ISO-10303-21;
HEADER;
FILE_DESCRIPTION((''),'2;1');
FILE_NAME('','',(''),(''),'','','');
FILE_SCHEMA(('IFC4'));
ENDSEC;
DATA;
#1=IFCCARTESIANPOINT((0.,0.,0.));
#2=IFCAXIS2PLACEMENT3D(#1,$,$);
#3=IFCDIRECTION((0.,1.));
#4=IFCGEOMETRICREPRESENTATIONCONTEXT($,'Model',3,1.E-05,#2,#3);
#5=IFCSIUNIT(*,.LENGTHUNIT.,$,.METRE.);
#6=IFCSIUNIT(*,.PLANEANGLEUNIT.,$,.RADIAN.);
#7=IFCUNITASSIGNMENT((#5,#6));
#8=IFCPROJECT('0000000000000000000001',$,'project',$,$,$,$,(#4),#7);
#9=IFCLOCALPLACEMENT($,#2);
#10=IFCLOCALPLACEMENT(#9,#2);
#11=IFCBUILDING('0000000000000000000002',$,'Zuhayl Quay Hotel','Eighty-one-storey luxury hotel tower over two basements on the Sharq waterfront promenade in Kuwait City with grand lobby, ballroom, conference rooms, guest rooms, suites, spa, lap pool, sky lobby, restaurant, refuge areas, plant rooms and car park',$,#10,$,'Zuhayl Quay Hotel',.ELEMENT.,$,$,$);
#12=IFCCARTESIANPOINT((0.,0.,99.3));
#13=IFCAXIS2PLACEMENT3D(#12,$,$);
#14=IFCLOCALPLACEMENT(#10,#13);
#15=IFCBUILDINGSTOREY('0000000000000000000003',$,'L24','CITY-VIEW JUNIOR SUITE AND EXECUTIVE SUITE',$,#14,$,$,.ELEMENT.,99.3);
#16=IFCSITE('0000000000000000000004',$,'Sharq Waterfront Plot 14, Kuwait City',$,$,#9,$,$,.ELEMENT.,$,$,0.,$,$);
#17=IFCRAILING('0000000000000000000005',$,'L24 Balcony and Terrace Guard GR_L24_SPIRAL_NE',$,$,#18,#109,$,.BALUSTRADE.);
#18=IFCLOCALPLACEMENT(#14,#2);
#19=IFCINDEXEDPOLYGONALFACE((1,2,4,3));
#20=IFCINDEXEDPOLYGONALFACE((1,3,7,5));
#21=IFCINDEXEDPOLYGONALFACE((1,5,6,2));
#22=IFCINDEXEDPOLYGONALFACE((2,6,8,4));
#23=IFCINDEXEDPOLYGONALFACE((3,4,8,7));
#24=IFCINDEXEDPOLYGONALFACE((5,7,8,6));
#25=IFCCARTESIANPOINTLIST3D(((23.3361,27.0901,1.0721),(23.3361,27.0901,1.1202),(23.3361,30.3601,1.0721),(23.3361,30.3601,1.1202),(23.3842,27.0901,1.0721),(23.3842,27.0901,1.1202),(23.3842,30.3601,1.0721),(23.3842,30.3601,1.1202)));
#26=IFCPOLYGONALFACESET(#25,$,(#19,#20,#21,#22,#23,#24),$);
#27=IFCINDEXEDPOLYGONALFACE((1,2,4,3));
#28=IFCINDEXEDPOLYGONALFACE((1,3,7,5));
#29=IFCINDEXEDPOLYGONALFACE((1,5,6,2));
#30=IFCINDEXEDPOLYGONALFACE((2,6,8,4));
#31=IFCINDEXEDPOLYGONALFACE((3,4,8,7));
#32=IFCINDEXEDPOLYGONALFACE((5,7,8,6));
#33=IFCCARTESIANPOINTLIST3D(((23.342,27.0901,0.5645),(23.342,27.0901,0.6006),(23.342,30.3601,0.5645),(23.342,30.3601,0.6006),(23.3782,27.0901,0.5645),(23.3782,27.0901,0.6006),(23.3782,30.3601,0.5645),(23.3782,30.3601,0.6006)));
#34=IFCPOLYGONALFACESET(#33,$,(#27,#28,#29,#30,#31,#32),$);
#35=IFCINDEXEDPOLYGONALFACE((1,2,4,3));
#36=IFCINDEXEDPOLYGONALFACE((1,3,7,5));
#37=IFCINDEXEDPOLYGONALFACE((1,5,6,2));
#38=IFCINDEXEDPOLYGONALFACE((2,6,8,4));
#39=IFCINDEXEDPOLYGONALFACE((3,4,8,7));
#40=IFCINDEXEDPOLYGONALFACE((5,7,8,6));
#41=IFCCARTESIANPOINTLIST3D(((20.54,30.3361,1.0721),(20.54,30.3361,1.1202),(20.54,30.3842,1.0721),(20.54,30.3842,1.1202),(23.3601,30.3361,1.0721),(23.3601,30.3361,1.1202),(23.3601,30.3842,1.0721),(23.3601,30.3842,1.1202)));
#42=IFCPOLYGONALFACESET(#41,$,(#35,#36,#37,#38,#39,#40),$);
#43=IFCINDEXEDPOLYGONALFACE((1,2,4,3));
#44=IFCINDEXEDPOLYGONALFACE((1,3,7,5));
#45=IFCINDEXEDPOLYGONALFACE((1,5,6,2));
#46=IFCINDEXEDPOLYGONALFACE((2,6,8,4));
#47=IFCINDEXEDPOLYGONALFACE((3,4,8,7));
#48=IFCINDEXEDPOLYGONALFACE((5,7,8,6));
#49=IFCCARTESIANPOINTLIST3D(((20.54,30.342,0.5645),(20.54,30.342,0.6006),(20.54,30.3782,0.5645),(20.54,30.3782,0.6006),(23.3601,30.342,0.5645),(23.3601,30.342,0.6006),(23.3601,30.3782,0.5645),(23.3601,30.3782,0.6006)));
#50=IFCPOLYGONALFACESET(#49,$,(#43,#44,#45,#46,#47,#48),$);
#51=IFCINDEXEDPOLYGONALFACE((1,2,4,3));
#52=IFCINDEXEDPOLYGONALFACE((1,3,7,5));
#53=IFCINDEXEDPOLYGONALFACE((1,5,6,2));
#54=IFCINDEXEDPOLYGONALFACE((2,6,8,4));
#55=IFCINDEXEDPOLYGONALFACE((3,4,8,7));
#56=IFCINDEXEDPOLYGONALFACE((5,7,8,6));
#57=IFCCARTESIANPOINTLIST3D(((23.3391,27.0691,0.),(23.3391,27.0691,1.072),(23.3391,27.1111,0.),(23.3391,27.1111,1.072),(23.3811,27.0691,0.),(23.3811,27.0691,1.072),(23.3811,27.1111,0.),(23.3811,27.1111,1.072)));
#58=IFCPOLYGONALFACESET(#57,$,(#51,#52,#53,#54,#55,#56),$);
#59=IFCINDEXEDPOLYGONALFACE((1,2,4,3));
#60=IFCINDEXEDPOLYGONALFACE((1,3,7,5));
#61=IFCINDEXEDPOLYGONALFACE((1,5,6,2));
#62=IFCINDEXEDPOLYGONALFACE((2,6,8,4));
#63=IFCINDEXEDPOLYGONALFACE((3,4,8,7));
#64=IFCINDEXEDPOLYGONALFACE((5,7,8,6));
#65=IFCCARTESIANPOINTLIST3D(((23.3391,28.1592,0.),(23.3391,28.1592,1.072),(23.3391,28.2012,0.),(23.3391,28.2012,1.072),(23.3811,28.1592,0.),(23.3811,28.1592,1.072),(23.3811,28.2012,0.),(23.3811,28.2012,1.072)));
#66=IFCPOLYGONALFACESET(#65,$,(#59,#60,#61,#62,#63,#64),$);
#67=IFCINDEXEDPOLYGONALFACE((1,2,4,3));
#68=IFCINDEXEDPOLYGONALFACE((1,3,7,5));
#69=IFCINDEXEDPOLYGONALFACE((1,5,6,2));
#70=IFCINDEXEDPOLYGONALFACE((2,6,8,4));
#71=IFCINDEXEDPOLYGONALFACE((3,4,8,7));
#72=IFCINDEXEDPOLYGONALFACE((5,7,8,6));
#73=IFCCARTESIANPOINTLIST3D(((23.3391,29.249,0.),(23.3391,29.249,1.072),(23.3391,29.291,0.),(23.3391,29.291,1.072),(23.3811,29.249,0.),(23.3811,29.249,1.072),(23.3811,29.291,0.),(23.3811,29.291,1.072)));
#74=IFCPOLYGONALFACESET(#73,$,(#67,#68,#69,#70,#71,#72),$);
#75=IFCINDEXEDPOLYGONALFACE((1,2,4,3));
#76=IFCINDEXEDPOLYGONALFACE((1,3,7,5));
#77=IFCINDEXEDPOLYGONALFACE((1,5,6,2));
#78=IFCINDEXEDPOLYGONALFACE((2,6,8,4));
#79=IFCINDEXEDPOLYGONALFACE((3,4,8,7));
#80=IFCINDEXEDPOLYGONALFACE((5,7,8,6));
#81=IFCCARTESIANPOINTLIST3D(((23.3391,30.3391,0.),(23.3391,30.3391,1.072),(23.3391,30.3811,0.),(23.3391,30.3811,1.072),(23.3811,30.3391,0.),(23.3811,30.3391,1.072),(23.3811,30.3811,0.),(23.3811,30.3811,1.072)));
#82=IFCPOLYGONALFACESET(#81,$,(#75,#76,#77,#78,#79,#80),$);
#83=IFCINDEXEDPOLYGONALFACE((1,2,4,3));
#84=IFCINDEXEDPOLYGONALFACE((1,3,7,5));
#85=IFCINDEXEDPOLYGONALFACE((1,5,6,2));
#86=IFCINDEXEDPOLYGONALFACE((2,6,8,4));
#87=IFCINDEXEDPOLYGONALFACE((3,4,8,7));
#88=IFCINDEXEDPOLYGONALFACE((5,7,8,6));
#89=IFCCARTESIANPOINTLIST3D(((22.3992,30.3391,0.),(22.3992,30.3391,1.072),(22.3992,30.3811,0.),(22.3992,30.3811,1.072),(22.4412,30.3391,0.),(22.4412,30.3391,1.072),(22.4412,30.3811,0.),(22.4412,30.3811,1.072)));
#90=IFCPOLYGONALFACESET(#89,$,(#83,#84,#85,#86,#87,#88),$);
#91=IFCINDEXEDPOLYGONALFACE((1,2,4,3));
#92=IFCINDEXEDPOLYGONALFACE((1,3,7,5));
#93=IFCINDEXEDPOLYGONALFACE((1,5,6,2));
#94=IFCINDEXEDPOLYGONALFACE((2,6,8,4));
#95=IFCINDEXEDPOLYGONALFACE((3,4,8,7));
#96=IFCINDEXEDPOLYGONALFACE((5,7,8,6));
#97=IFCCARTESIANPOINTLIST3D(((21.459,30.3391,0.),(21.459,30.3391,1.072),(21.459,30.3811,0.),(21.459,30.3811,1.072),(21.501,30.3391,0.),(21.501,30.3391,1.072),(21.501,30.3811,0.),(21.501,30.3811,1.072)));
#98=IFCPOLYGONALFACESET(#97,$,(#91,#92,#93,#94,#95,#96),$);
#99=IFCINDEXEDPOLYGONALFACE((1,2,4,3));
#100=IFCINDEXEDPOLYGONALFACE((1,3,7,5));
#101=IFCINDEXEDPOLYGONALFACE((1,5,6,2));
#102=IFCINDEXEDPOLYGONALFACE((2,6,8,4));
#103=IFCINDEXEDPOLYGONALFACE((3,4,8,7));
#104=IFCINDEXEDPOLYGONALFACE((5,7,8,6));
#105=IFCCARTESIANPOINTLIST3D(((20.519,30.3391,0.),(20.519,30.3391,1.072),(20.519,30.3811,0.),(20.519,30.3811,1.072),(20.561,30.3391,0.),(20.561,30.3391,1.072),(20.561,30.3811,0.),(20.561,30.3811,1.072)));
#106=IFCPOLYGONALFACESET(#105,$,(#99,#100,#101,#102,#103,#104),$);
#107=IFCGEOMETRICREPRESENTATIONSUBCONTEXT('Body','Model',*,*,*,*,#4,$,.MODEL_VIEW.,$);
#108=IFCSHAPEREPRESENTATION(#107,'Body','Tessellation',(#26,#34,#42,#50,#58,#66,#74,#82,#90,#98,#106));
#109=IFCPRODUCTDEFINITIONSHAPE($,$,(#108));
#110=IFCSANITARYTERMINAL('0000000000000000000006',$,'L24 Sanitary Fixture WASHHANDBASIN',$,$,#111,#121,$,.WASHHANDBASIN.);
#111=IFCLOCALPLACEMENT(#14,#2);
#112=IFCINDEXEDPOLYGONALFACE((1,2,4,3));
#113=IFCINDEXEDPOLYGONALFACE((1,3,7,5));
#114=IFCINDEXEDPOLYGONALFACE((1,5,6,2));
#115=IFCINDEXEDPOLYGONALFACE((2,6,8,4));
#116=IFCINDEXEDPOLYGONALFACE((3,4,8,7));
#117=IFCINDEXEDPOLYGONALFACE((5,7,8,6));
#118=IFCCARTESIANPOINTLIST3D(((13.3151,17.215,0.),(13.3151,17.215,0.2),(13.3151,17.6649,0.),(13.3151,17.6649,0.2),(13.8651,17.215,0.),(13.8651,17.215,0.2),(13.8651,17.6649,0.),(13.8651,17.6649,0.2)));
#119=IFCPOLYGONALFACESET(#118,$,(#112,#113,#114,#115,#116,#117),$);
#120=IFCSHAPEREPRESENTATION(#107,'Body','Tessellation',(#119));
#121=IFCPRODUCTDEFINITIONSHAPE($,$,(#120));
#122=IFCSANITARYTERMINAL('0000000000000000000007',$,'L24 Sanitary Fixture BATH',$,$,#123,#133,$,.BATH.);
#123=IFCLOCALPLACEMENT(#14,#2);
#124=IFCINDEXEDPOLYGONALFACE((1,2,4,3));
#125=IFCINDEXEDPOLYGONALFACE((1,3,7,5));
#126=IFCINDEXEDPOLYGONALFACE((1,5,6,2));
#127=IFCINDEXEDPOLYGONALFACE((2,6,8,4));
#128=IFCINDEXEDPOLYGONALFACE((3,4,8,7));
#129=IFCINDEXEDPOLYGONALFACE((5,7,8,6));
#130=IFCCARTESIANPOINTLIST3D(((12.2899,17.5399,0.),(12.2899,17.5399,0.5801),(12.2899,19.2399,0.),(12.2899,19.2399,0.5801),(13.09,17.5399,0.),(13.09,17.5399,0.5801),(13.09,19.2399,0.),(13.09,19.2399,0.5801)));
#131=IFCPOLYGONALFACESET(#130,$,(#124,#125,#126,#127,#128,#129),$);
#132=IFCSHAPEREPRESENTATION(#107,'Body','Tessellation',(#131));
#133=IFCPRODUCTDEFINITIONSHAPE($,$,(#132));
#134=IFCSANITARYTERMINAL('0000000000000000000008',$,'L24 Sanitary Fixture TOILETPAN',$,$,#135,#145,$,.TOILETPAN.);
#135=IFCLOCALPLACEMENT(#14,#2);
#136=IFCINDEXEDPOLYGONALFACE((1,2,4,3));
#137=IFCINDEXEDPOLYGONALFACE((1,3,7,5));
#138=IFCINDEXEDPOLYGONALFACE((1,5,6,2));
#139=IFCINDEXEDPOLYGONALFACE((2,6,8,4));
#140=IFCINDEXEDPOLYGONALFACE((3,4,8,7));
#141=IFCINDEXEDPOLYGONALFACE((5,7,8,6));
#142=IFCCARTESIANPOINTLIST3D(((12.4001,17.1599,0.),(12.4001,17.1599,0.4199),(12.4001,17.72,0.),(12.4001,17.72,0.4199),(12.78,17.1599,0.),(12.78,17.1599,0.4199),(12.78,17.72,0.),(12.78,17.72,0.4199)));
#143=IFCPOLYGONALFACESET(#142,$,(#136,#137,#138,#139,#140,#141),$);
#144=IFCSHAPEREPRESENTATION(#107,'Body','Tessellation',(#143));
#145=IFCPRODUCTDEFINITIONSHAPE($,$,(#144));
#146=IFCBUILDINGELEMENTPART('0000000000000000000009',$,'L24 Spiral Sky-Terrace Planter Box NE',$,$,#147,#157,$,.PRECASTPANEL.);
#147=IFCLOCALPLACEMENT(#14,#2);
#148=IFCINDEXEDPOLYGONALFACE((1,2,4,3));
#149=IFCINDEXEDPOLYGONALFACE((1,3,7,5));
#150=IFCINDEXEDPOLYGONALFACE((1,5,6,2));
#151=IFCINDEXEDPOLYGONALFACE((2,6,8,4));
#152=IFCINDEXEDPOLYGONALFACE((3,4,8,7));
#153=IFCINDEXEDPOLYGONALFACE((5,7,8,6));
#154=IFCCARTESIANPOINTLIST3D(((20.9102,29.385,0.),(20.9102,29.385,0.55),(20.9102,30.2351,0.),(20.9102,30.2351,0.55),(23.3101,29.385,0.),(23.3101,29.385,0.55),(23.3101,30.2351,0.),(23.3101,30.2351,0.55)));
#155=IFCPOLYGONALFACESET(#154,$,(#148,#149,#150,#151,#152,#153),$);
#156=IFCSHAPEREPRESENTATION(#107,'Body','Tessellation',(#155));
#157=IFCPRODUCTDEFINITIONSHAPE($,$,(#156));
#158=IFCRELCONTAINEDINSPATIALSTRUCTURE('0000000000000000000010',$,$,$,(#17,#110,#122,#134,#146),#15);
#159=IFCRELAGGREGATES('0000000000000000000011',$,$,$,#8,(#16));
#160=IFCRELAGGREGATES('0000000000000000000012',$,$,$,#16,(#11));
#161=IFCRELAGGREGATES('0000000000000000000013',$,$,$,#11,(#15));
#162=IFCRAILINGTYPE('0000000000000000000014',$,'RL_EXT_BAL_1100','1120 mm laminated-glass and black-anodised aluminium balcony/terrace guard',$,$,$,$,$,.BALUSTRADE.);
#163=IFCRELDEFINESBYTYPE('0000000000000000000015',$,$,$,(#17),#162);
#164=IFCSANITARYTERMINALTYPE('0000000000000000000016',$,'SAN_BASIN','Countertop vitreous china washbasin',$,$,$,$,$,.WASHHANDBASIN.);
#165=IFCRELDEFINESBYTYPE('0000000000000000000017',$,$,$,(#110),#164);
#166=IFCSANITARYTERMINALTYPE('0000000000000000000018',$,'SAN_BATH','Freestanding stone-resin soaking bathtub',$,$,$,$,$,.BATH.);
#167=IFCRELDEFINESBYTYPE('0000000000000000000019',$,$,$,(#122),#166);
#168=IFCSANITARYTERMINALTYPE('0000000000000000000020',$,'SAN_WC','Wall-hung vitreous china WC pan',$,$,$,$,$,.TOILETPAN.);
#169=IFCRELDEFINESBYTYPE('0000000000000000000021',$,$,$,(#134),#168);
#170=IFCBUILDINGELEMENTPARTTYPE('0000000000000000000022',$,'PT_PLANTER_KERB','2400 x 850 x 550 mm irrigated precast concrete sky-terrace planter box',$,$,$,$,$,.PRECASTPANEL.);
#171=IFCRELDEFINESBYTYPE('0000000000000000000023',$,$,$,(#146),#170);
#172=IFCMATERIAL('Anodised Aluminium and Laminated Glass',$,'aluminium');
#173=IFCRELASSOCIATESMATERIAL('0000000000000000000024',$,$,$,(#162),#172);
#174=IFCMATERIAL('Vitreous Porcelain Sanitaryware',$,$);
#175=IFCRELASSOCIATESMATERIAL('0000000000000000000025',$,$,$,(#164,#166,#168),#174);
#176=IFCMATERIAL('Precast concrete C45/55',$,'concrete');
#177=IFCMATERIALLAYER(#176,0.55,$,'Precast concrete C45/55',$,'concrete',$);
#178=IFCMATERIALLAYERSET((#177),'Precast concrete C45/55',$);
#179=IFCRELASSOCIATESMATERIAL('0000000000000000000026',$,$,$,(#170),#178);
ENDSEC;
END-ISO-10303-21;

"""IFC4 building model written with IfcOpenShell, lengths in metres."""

from ifc_helpers import new_model, si_unit, direction, frame, origin, origin_2d, place, context, subcontext, project, spatial, rectangle, extrude, material, layer, layer_set, type_object, element, save


model = new_model("IFC4")

# Units and contexts
model_context = context("Model", 3, precision=1e-05, world=origin(), true_north=direction((0.0, 1.0)))
body_context = subcontext(model_context, "Body", "Model", "MODEL_VIEW")
ifc_project = project(units=[si_unit("LENGTHUNIT", "METRE"), si_unit("PLANEANGLEUNIT", "RADIAN")], contexts=[model_context])

# Site, building, storey
site_placement = place(None, origin())
site = spatial("IfcSite", under=ifc_project, at=site_placement, Name="Sharq Waterfront Plot 14, Kuwait City", CompositionType="ELEMENT", RefElevation=0.0)
building_placement = place(site_placement, origin())
building = spatial("IfcBuilding", under=site, at=building_placement, Name="Zuhayl Quay Hotel", Description="Eighty-one-storey luxury hotel tower over two basements on the Sharq waterfront promenade in Kuwait City with grand lobby, ballroom, conference rooms, guest rooms, suites, spa, lap pool, sky lobby, restaurant, refuge areas, plant rooms and car park", LongName="Zuhayl Quay Hotel", CompositionType="ELEMENT")
storey_placement = place(building_placement, frame((0.0, 0.0, 99.3)))
storey = spatial("IfcBuildingStorey", under=building, at=storey_placement, Name="L24", Description="CITY-VIEW JUNIOR SUITE AND EXECUTIVE SUITE", CompositionType="ELEMENT", Elevation=99.3)

# Shared definitions
ifc_material_1 = material(Name="Precast concrete C45/55", Category="concrete")

# Railing
ifc_material_2 = material(Name="Anodised Aluminium and Laminated Glass", Category="aluminium")
railing_type = type_object("IfcRailingType", Name="RL_EXT_BAL_1100", Description="1120 mm laminated-glass and black-anodised aluminium balcony/terrace guard", PredefinedType="BALUSTRADE", material=ifc_material_2)
railing_placement = place(storey_placement, frame((23.3601, 27.0901, 0.0)))
element("IfcRailing", 1, at=railing_placement, inside=storey, type_object=railing_type, Name="L24 Balcony and Terrace Guard GR_L24_SPIRAL_NE", PredefinedType="BALUSTRADE", context=body_context, shape_type="SweptSolid", body=[
    extrude(rectangle(XDim=0.0481, YDim=0.0481, at=origin_2d()), frame((0.0, 0.0, 1.0962), z_axis=(0.0, 1.0, 0.0), x_axis=(-1.0, 0.0, 0.0)), (0.0, 0.0, 1.0), 3.27),
    extrude(rectangle(XDim=0.0361, YDim=0.0361, at=origin_2d()), frame((0.0, 0.0, 0.5825), z_axis=(0.0, 1.0, 0.0), x_axis=(-1.0, 0.0, 0.0)), (0.0, 0.0, 1.0), 3.27),
    extrude(rectangle(XDim=0.0481, YDim=0.0481, at=origin_2d()), frame((0.0, 3.27, 1.0962), z_axis=(-1.0, 0.0, 0.0), x_axis=(0.0, -1.0, 0.0)), (0.0, 0.0, 1.0), 2.8201),
    extrude(rectangle(XDim=0.0361, YDim=0.0361, at=origin_2d()), frame((0.0, 3.27, 0.5825), z_axis=(-1.0, 0.0, 0.0), x_axis=(0.0, -1.0, 0.0)), (0.0, 0.0, 1.0), 2.8201),
    extrude(rectangle(XDim=0.042, YDim=0.042, at=origin_2d()), origin(), (0.0, 0.0, 1.0), 1.072),
    extrude(rectangle(XDim=0.042, YDim=0.042, at=origin_2d()), frame((0.0, 1.0901, 0.0)), (0.0, 0.0, 1.0), 1.072),
    extrude(rectangle(XDim=0.042, YDim=0.042, at=origin_2d()), frame((0.0, 2.1799, 0.0)), (0.0, 0.0, 1.0), 1.072),
    extrude(rectangle(XDim=0.042, YDim=0.042, at=origin_2d()), frame((0.0, 3.27, 0.0)), (0.0, 0.0, 1.0), 1.072),
    extrude(rectangle(XDim=0.042, YDim=0.042, at=origin_2d()), frame((-0.9399, 3.27, 0.0)), (0.0, 0.0, 1.0), 1.072),
    extrude(rectangle(XDim=0.042, YDim=0.042, at=origin_2d()), frame((-1.8801, 3.27, 0.0)), (0.0, 0.0, 1.0), 1.072),
    extrude(rectangle(XDim=0.042, YDim=0.042, at=origin_2d()), frame((-2.8201, 3.27, 0.0)), (0.0, 0.0, 1.0), 1.072),
])

# Sanitary terminals
ifc_material_3 = material(Name="Vitreous Porcelain Sanitaryware")
sanitary_terminal_type_1 = type_object("IfcSanitaryTerminalType", Name="SAN_BASIN", Description="Countertop vitreous china washbasin", PredefinedType="WASHHANDBASIN", material=ifc_material_3)
sanitary_terminal_1_placement = place(storey_placement, frame((13.5901, 17.4399, 0.0), z_axis=(0.0, 0.0, 1.0), x_axis=(1.0, 0.0, 0.0)))
element("IfcSanitaryTerminal", 2, at=sanitary_terminal_1_placement, inside=storey, type_object=sanitary_terminal_type_1, Name="L24 Sanitary Fixture WASHHANDBASIN", PredefinedType="WASHHANDBASIN", context=body_context, shape_type="SweptSolid", body=[
    extrude(rectangle(XDim=0.55, YDim=0.45, at=origin_2d()), origin(), (0.0, 0.0, 1.0), 0.2),
])
sanitary_terminal_type_2 = type_object("IfcSanitaryTerminalType", Name="SAN_BATH", Description="Freestanding stone-resin soaking bathtub", PredefinedType="BATH", material=ifc_material_3)
sanitary_terminal_2_placement = place(storey_placement, frame((12.6899, 18.3899, 0.0), z_axis=(0.0, 0.0, 1.0), x_axis=(1.0, 0.0, 0.0)))
element("IfcSanitaryTerminal", 3, at=sanitary_terminal_2_placement, inside=storey, type_object=sanitary_terminal_type_2, Name="L24 Sanitary Fixture BATH", PredefinedType="BATH", context=body_context, shape_type="SweptSolid", body=[
    extrude(rectangle(XDim=0.8, YDim=1.7, at=origin_2d()), origin(), (0.0, 0.0, 1.0), 0.5801),
])
sanitary_terminal_type_3 = type_object("IfcSanitaryTerminalType", Name="SAN_WC", Description="Wall-hung vitreous china WC pan", PredefinedType="TOILETPAN", material=ifc_material_3)
sanitary_terminal_3_placement = place(storey_placement, frame((12.5901, 17.4399, 0.0), z_axis=(0.0, 0.0, 1.0), x_axis=(1.0, 0.0, 0.0)))
element("IfcSanitaryTerminal", 4, at=sanitary_terminal_3_placement, inside=storey, type_object=sanitary_terminal_type_3, Name="L24 Sanitary Fixture TOILETPAN", PredefinedType="TOILETPAN", context=body_context, shape_type="SweptSolid", body=[
    extrude(rectangle(XDim=0.3799, YDim=0.5601, at=origin_2d()), origin(), (0.0, 0.0, 1.0), 0.4199),
])

# Building element part
ifc_layer_1 = layer(ifc_material_1, 0.55, Name="Precast concrete C45/55", Category="concrete")
ifc_layer_set_1 = layer_set([ifc_layer_1], Name="Precast concrete C45/55")
building_element_part_type = type_object("IfcBuildingElementPartType", Name="PT_PLANTER_KERB", Description="2400 x 850 x 550 mm irrigated precast concrete sky-terrace planter box", PredefinedType="PRECASTPANEL", material=ifc_layer_set_1)
building_element_part_placement = place(storey_placement, frame((22.1101, 29.8101, 0.0), z_axis=(0.0, 0.0, 1.0), x_axis=(1.0, 0.0, 0.0)))
element("IfcBuildingElementPart", 5, at=building_element_part_placement, inside=storey, type_object=building_element_part_type, Name="L24 Spiral Sky-Terrace Planter Box NE", PredefinedType="PRECASTPANEL", context=body_context, shape_type="SweptSolid", body=[
    extrude(rectangle(XDim=2.3999, YDim=0.8501, at=origin_2d()), origin(), (0.0, 0.0, 1.0), 0.55),
])

save(model, "model.ifc")
